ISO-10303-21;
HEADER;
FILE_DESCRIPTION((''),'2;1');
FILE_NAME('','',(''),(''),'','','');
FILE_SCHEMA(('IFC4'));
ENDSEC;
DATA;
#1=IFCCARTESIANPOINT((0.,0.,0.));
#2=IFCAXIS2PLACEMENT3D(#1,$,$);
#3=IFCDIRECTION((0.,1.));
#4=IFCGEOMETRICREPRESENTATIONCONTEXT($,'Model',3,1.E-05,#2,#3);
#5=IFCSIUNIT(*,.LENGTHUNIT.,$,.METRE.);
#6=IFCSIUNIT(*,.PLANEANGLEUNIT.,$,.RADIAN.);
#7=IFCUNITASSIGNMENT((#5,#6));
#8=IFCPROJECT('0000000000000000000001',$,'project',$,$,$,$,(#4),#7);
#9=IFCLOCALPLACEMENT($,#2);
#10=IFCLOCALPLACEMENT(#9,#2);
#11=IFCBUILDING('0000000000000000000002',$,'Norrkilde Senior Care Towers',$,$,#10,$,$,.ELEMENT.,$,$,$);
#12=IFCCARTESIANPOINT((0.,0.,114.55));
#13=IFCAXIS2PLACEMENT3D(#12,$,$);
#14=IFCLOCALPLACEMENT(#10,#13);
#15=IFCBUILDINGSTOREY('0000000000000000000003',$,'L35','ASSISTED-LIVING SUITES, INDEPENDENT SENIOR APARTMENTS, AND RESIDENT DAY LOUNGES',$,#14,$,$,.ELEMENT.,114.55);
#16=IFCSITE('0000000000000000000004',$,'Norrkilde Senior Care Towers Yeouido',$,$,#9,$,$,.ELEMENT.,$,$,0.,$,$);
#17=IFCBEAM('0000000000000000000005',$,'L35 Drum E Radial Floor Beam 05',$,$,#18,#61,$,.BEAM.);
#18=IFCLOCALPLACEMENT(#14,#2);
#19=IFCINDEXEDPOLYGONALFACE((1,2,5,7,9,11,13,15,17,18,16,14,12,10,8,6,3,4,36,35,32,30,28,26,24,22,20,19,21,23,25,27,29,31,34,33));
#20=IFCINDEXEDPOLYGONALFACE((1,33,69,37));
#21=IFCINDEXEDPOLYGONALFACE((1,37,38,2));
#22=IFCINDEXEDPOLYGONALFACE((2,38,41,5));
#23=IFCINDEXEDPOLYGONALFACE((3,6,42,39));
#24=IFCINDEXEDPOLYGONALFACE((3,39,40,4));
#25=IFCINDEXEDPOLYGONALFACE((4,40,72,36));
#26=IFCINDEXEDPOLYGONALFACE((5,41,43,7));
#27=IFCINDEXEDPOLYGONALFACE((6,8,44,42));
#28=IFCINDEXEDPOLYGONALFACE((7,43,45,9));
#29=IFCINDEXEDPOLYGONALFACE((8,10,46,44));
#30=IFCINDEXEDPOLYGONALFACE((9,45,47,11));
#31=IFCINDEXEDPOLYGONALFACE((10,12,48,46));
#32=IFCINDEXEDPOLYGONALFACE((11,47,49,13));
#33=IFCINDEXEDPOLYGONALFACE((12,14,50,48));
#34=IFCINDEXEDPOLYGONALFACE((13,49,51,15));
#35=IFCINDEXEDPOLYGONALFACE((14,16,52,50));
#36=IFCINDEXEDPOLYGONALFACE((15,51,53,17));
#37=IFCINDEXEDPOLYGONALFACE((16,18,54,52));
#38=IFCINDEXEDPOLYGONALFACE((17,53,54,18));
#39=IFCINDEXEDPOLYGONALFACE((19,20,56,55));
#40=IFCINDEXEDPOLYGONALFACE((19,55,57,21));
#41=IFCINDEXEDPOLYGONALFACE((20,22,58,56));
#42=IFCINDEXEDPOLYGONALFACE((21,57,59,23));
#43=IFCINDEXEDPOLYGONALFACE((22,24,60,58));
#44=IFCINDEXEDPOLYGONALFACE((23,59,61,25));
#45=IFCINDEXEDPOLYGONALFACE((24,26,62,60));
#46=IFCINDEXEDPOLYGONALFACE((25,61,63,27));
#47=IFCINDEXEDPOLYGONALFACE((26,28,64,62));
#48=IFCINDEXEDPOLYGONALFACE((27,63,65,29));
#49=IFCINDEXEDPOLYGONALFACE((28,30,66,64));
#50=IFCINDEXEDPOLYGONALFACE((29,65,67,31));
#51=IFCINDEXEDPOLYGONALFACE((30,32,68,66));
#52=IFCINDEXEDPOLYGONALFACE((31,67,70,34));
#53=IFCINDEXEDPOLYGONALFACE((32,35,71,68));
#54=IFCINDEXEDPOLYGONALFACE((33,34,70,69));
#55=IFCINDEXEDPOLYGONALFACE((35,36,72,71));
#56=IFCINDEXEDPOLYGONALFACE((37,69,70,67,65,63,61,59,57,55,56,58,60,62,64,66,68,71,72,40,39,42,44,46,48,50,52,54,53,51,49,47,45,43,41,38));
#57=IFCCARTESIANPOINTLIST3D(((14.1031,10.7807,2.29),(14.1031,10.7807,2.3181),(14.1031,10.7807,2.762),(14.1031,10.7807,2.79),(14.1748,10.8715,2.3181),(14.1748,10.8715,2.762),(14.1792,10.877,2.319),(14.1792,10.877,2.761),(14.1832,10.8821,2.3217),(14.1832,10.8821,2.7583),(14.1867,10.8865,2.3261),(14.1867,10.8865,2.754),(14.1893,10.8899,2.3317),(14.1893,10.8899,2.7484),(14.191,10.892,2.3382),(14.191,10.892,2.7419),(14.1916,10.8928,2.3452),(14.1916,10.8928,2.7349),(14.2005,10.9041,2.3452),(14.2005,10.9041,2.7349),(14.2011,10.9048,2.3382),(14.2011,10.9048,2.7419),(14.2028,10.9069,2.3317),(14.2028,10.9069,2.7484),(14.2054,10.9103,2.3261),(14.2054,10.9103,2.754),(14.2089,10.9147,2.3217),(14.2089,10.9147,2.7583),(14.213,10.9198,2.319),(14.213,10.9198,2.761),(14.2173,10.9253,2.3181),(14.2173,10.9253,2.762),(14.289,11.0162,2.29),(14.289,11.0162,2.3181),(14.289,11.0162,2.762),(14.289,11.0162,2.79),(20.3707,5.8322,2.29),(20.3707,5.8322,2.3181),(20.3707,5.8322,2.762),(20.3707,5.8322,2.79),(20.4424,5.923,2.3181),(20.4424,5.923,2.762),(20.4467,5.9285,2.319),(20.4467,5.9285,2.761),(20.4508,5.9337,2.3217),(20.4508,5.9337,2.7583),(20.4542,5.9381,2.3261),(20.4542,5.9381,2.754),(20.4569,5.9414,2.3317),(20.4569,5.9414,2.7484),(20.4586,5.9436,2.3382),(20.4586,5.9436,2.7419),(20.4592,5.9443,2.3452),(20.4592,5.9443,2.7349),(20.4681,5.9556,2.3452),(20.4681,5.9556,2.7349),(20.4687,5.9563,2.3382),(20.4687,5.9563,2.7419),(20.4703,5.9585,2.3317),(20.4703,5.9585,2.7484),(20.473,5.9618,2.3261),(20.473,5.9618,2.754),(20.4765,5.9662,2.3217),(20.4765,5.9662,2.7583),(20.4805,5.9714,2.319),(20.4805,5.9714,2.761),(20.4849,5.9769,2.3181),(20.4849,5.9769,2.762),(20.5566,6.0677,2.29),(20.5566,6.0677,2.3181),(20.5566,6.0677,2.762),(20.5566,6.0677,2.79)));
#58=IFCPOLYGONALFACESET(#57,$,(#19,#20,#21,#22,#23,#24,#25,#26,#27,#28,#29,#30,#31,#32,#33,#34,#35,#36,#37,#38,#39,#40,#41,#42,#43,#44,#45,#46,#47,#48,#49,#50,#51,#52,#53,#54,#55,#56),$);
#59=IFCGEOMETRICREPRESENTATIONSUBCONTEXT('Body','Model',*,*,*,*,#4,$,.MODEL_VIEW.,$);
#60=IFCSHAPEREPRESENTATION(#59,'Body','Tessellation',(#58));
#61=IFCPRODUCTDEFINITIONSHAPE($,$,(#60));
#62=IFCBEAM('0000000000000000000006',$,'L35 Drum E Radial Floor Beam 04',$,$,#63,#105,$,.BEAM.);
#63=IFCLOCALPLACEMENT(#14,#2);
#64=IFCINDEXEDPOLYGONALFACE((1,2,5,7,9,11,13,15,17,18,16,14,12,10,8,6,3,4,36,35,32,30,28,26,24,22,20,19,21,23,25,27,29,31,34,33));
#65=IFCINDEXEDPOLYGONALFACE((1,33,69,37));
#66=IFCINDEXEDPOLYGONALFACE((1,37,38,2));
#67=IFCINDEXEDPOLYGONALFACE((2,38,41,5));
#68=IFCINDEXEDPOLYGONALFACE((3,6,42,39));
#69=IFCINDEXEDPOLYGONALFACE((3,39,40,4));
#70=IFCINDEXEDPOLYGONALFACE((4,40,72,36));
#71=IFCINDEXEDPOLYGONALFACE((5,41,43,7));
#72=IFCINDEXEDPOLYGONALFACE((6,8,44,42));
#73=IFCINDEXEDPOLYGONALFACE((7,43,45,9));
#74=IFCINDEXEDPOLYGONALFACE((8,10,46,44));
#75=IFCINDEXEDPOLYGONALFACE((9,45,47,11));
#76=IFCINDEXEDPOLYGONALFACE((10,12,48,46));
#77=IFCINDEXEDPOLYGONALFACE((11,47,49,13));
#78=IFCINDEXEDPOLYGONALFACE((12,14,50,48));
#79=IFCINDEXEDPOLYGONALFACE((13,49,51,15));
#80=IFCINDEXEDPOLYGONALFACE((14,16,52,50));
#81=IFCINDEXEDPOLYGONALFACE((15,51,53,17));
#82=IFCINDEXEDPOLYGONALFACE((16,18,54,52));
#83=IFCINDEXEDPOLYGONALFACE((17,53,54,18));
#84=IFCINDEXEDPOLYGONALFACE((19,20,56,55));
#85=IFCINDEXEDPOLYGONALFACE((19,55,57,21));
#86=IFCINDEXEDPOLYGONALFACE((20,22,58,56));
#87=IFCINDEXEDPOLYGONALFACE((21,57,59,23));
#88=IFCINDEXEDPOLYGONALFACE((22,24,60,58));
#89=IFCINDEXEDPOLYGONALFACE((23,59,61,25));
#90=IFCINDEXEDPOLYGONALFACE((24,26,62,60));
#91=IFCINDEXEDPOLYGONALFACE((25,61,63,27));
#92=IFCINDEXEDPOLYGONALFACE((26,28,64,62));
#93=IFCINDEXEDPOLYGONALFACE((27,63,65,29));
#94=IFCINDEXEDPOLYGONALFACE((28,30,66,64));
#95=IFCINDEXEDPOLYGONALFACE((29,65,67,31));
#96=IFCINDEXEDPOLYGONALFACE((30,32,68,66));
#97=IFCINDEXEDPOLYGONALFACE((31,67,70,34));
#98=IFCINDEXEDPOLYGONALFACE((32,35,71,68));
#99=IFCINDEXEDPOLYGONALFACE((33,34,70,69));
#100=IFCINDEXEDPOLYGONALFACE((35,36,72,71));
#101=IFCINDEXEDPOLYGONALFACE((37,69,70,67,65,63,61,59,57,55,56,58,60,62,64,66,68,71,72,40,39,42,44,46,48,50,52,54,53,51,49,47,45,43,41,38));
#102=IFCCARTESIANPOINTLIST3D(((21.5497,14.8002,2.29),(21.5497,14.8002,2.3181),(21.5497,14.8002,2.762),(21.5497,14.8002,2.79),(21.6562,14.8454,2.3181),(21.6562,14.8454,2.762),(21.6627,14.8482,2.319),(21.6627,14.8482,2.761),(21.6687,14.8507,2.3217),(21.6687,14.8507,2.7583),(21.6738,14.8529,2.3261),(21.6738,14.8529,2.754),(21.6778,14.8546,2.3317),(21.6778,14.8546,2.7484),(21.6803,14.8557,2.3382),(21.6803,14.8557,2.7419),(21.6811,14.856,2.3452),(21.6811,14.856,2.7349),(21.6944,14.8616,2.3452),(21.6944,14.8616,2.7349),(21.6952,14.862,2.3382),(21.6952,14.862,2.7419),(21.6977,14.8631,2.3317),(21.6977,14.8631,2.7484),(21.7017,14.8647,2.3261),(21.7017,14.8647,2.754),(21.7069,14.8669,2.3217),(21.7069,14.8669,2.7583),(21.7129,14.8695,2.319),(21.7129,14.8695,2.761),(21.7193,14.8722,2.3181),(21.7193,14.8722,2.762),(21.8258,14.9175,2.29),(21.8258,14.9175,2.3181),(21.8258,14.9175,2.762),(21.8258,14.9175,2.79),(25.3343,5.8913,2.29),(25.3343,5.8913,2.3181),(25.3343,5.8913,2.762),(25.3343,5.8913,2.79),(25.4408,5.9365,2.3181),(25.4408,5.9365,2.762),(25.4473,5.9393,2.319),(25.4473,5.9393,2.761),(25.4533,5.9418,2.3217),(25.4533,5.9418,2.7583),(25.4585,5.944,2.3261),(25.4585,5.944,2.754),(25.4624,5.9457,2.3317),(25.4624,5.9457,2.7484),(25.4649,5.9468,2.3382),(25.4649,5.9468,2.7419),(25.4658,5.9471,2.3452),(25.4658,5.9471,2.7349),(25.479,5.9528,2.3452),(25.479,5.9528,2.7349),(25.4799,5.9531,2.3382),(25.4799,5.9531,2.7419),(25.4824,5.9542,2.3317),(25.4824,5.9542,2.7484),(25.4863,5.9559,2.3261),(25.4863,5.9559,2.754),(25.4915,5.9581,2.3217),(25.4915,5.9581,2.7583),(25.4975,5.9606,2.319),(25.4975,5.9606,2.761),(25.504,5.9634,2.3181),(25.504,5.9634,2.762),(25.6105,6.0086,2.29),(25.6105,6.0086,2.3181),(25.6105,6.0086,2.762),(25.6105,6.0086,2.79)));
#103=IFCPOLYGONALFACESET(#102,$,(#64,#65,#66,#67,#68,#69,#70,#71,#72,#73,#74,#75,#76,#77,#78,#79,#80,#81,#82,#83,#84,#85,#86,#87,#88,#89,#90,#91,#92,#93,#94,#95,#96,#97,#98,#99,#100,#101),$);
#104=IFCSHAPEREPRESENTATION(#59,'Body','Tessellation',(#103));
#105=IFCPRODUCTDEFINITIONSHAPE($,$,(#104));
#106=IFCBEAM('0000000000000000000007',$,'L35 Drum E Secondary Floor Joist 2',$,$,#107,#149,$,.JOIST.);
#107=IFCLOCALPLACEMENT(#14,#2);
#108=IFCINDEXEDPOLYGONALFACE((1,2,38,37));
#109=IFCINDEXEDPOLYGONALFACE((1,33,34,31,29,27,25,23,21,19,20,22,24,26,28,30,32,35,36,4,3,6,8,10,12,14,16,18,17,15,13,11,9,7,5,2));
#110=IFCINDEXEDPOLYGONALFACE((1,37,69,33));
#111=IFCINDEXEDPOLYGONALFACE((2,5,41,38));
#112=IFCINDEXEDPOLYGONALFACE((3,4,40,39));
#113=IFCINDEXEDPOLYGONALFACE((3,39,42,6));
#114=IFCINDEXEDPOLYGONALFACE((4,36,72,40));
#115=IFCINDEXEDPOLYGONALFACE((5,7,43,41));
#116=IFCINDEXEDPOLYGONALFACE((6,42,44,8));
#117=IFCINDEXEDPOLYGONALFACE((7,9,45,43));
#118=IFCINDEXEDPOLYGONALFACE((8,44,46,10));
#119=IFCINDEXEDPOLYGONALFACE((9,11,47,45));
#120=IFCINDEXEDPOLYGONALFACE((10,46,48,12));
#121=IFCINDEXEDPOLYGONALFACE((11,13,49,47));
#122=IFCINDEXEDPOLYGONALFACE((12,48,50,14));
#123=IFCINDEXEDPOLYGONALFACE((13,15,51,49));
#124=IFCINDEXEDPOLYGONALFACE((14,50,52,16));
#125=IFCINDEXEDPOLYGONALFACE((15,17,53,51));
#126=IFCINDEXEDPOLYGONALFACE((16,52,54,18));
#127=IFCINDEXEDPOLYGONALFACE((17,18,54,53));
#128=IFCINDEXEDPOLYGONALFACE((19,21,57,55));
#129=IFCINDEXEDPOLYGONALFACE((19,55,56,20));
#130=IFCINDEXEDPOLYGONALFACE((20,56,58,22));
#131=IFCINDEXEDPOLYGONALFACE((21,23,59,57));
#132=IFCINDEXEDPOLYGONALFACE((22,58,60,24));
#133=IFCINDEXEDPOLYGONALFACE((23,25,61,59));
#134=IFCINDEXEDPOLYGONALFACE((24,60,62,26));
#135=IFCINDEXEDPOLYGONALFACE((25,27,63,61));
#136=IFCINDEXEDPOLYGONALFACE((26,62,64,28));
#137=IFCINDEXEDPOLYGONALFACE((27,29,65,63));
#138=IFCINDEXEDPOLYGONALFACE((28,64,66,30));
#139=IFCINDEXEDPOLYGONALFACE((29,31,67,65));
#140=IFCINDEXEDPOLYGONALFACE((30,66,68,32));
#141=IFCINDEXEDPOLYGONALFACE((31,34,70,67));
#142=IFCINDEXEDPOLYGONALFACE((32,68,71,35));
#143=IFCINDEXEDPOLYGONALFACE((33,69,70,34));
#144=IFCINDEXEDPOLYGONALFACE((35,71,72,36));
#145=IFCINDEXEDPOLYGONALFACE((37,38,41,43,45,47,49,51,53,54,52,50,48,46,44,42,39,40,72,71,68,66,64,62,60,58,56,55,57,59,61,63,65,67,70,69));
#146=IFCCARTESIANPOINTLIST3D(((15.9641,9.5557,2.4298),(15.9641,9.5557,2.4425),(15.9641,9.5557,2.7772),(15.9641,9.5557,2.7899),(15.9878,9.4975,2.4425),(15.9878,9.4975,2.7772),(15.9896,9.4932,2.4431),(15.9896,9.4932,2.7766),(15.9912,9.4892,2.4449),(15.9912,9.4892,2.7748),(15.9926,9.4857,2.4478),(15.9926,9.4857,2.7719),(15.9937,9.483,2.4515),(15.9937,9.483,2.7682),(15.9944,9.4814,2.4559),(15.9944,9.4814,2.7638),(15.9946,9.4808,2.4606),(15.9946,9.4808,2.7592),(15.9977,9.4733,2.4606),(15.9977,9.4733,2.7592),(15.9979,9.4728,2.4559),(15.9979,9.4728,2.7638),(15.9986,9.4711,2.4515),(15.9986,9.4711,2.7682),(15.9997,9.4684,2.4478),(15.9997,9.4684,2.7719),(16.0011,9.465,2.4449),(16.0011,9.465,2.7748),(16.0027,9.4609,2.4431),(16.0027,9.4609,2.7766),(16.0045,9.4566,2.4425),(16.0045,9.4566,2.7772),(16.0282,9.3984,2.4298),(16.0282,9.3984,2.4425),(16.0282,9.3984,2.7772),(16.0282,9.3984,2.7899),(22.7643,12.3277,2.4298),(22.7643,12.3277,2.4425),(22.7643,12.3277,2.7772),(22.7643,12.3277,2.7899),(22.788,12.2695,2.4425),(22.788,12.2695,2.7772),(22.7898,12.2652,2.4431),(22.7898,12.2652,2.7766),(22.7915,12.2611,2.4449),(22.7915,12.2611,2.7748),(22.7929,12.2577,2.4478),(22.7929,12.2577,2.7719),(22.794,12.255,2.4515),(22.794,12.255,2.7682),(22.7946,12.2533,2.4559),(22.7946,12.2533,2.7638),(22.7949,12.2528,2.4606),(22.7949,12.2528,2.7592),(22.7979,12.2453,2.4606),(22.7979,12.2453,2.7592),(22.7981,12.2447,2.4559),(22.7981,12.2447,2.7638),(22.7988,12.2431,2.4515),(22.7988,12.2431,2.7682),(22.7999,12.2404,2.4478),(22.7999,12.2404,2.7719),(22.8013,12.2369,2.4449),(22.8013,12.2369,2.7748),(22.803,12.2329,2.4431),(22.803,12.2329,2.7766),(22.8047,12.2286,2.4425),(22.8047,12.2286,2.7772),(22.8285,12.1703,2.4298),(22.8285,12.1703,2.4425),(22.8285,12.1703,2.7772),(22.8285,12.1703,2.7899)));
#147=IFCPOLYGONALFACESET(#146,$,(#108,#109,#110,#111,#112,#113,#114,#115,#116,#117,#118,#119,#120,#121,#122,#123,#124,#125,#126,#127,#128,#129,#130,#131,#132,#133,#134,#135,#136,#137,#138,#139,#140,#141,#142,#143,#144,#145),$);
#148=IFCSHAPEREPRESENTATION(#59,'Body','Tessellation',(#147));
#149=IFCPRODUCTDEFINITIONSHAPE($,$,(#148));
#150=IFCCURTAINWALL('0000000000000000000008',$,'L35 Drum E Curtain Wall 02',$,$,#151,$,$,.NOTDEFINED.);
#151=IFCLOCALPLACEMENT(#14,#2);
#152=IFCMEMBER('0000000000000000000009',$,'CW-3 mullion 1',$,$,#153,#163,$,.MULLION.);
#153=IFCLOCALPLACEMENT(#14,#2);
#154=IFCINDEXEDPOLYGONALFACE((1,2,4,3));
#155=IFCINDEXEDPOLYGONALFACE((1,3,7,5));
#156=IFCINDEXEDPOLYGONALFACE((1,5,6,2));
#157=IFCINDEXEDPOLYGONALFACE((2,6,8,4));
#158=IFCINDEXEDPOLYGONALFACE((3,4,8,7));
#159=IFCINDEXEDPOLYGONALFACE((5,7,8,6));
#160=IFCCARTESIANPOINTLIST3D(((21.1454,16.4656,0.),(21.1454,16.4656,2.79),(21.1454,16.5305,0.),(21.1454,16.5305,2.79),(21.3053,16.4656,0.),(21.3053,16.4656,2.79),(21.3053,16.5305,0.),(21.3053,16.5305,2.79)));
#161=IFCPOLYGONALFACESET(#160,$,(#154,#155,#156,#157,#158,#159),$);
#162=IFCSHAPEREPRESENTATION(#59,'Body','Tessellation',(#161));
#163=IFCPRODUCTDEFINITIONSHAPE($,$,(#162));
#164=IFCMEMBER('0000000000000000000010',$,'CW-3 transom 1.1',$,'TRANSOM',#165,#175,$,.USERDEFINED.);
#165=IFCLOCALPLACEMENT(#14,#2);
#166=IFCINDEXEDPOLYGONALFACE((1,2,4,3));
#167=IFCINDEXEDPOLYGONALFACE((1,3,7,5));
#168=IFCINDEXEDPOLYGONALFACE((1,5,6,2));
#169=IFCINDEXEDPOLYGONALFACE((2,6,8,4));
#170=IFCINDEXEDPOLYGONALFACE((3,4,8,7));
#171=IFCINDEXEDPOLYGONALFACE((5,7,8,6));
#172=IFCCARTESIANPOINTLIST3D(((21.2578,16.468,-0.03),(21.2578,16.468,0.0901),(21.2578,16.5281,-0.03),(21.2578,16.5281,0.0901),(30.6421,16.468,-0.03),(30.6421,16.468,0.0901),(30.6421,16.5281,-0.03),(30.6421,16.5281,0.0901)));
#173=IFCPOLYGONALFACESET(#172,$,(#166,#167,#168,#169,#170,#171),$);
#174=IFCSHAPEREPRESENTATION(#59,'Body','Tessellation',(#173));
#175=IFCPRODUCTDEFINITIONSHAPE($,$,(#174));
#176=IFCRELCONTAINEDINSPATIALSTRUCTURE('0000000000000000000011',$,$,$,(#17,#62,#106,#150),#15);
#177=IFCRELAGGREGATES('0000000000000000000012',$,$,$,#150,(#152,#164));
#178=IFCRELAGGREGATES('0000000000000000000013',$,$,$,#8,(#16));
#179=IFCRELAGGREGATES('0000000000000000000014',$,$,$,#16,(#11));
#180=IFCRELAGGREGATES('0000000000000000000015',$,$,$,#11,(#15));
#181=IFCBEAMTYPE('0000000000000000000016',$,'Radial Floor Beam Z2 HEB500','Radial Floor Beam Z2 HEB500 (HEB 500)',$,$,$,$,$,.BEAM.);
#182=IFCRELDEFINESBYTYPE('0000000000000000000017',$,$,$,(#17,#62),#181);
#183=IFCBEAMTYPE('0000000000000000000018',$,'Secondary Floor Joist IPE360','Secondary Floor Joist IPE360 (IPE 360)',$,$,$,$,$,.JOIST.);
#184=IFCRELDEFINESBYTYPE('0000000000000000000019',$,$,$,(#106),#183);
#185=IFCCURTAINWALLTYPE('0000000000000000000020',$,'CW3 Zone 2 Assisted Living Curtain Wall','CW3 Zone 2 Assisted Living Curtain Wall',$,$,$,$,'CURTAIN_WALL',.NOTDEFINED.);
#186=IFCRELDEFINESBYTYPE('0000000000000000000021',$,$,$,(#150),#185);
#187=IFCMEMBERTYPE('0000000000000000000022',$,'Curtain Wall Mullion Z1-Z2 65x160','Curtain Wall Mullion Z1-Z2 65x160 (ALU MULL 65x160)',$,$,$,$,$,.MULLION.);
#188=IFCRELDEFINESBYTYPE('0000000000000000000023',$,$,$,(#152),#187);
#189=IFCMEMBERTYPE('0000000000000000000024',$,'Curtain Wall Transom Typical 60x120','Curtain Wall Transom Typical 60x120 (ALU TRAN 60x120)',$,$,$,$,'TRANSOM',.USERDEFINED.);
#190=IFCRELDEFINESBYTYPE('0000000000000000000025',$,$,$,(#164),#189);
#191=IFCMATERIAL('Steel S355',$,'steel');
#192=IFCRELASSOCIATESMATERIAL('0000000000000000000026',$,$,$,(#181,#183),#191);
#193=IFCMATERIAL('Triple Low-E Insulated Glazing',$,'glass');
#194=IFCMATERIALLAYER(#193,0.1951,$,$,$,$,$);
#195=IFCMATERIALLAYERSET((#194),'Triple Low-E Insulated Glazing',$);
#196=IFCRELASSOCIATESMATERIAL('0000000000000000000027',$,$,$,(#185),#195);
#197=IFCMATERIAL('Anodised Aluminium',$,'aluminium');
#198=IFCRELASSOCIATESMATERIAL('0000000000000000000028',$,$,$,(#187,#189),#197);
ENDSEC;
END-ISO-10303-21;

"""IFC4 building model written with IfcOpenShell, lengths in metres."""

from ifc_helpers import new_model, si_unit, direction, frame, origin, origin_2d, place, context, subcontext, project, spatial, rectangle, i_section, extrude, source, transform, mapped, material, layer, layer_set, material_profile, profile_set, type_object, type_shapes, element, aggregate, save


model = new_model("IFC4")

# Units and contexts
model_context = context("Model", 3, precision=1e-05, world=origin(), true_north=direction((0.0, 1.0)))
body_context = subcontext(model_context, "Body", "Model", "MODEL_VIEW")
ifc_project = project(units=[si_unit("LENGTHUNIT", "METRE"), si_unit("PLANEANGLEUNIT", "RADIAN")], contexts=[model_context])

# Site, building, storey
site_placement = place(None, origin())
site = spatial("IfcSite", under=ifc_project, at=site_placement, Name="Norrkilde Senior Care Towers Yeouido", CompositionType="ELEMENT", RefElevation=0.0)
building_placement = place(site_placement, origin())
building = spatial("IfcBuilding", under=site, at=building_placement, Name="Norrkilde Senior Care Towers", CompositionType="ELEMENT")
storey_placement = place(building_placement, frame((0.0, 0.0, 114.55)))
storey = spatial("IfcBuildingStorey", under=building, at=storey_placement, Name="L35", Description="ASSISTED-LIVING SUITES, INDEPENDENT SENIOR APARTMENTS, AND RESIDENT DAY LOUNGES", CompositionType="ELEMENT", Elevation=114.55)

# Beams
ifc_material_1 = material(Name="Steel S355", Category="steel")
ifc_material_profile_1 = material_profile(ifc_material_1, i_section(OverallWidth=0.3, OverallDepth=0.5, WebThickness=0.0144, FlangeThickness=0.0281, FilletRadius=0.0271, at=origin_2d()), Name="HEB 500")
ifc_profile_set_1 = profile_set([ifc_material_profile_1], Name="Steel S355")
beam_type_1 = type_object("IfcBeamType", Name="Radial Floor Beam Z2 HEB500", Description="Radial Floor Beam Z2 HEB500 (HEB 500)", PredefinedType="BEAM", material=ifc_profile_set_1)
shared_shape_1 = source(origin(), body_context, "Body", "SweptSolid", [
    extrude(i_section(OverallWidth=0.3, OverallDepth=0.5, WebThickness=0.0144, FlangeThickness=0.0281, FilletRadius=0.0271, at=origin_2d()), origin(), (0.0, 0.0, 1.0), 7.9856),
])
beam_1_placement = place(storey_placement, frame((20.4636, 5.95, 2.54), z_axis=(-0.784859, 0.619675, 0.0), x_axis=(-0.619675, -0.784859, 0.0)))
element("IfcBeam", 1, at=beam_1_placement, inside=storey, type_object=beam_type_1, Name="L35 Drum E Radial Floor Beam 05", PredefinedType="BEAM", context=body_context, shape_type="MappedRepresentation", body=[
    mapped(shared_shape_1, transform((0.0, 0.0, 0.0), x_axis=(1.0, 0.0, 0.0), y_axis=(0.0, 1.0, 0.0), z_axis=(0.0, 0.0, 1.0), scale=1.0)),
])
shared_shape_2 = source(origin(), body_context, "Body", "SweptSolid", [
    extrude(i_section(OverallWidth=0.3, OverallDepth=0.5, WebThickness=0.0144, FlangeThickness=0.0281, FilletRadius=0.0271, at=origin_2d()), origin(), (0.0, 0.0, 1.0), 9.6794),
])
beam_2_placement = place(storey_placement, frame((25.4724, 5.95, 2.54), z_axis=(-0.390998, 0.920392, 0.0), x_axis=(-0.920392, -0.390998, 0.0)))
element("IfcBeam", 2, at=beam_2_placement, inside=storey, type_object=beam_type_1, Name="L35 Drum E Radial Floor Beam 04", PredefinedType="BEAM", context=body_context, shape_type="MappedRepresentation", body=[
    mapped(shared_shape_2, transform((0.0, 0.0, 0.0), x_axis=(1.0, 0.0, 0.0), y_axis=(0.0, 1.0, 0.0), z_axis=(0.0, 0.0, 1.0), scale=1.0)),
])
ifc_material_profile_2 = material_profile(ifc_material_1, i_section(OverallWidth=0.1699, OverallDepth=0.3601, WebThickness=0.0081, FlangeThickness=0.0127, FilletRadius=0.0181, at=origin_2d()), Name="IPE 360")
ifc_profile_set_2 = profile_set([ifc_material_profile_2], Name="Steel S355")
beam_type_2 = type_object("IfcBeamType", Name="Secondary Floor Joist IPE360", Description="Secondary Floor Joist IPE360 (IPE 360)", PredefinedType="JOIST", material=ifc_profile_set_2)
shared_shape_3 = source(origin(), body_context, "Body", "SweptSolid", [
    extrude(i_section(OverallWidth=0.1699, OverallDepth=0.3601, WebThickness=0.0081, FlangeThickness=0.0127, FilletRadius=0.0181, at=origin_2d()), origin(), (0.0, 0.0, 1.0), 7.3435),
])
type_shapes(beam_type_2, [shared_shape_3])
beam_3_placement = place(storey_placement, frame((22.7964, 12.249, 2.6099), z_axis=(-0.926022, -0.37747, 0.0), x_axis=(0.37747, -0.926022, 0.0)))
element("IfcBeam", 3, at=beam_3_placement, inside=storey, type_object=beam_type_2, Name="L35 Drum E Secondary Floor Joist 2", PredefinedType="JOIST", context=body_context, shape_type="MappedRepresentation", body=[
    mapped(shared_shape_3, transform((0.0, 0.0, 0.0), x_axis=(1.0, 0.0, 0.0), y_axis=(0.0, 1.0, 0.0), z_axis=(0.0, 0.0, 1.0), scale=1.0)),
])

# Curtain wall, members
ifc_material_2 = material(Name="Triple Low-E Insulated Glazing", Category="glass")
ifc_layer_1 = layer(ifc_material_2, 0.1951)
ifc_layer_set_1 = layer_set([ifc_layer_1], Name="Triple Low-E Insulated Glazing")
curtain_wall_type = type_object("IfcCurtainWallType", Name="CW3 Zone 2 Assisted Living Curtain Wall", Description="CW3 Zone 2 Assisted Living Curtain Wall", ElementType="CURTAIN_WALL", PredefinedType="NOTDEFINED", material=ifc_layer_set_1)
curtain_wall_placement = place(storey_placement, origin())
curtain_wall = element("IfcCurtainWall", 4, at=curtain_wall_placement, inside=storey, type_object=curtain_wall_type, Name="L35 Drum E Curtain Wall 02", PredefinedType="NOTDEFINED")
ifc_material_3 = material(Name="Anodised Aluminium", Category="aluminium")
ifc_material_profile_3 = material_profile(ifc_material_3, rectangle(XDim=0.0649, YDim=0.1599, at=origin_2d()), Name="ALU MULL 65x160")
ifc_profile_set_3 = profile_set([ifc_material_profile_3], Name="Anodised Aluminium")
member_type_1 = type_object("IfcMemberType", Name="Curtain Wall Mullion Z1-Z2 65x160", Description="Curtain Wall Mullion Z1-Z2 65x160 (ALU MULL 65x160)", PredefinedType="MULLION", material=ifc_profile_set_3)
shared_shape_4 = source(origin(), body_context, "Body", "SweptSolid", [
    extrude(rectangle(XDim=0.0649, YDim=0.1599, at=origin_2d()), origin(), (0.0, 0.0, 1.0), 2.79),
])
type_shapes(member_type_1, [shared_shape_4])
member_1_placement = place(storey_placement, frame((21.2253, 16.498, 0.0), z_axis=(0.0, 0.0, 1.0), x_axis=(0.0, 1.0, 0.0)))
member_1 = element("IfcMember", 5, at=member_1_placement, type_object=member_type_1, Name="CW-3 mullion 1", PredefinedType="MULLION", context=body_context, shape_type="MappedRepresentation", body=[
    mapped(shared_shape_4, transform((0.0, 0.0, 0.0), x_axis=(1.0, 0.0, 0.0), y_axis=(0.0, 1.0, 0.0), z_axis=(0.0, 0.0, 1.0), scale=1.0)),
])
ifc_material_profile_4 = material_profile(ifc_material_3, rectangle(XDim=0.0601, YDim=0.1201, at=origin_2d()), Name="ALU TRAN 60x120")
ifc_profile_set_4 = profile_set([ifc_material_profile_4], Name="Anodised Aluminium")
member_type_2 = type_object("IfcMemberType", Name="Curtain Wall Transom Typical 60x120", Description="Curtain Wall Transom Typical 60x120 (ALU TRAN 60x120)", ElementType="TRANSOM", PredefinedType="USERDEFINED", material=ifc_profile_set_4)
shared_shape_5 = source(origin(), body_context, "Body", "SweptSolid", [
    extrude(rectangle(XDim=0.0601, YDim=0.1201, at=origin_2d()), origin(), (0.0, 0.0, 1.0), 9.3843),
])
type_shapes(member_type_2, [shared_shape_5])
member_2_placement = place(storey_placement, frame((21.2578, 16.498, 0.03), z_axis=(1.0, 0.0, 0.0), x_axis=(0.0, 1.0, 0.0)))
member_2 = element("IfcMember", 6, at=member_2_placement, type_object=member_type_2, Name="CW-3 transom 1.1", ObjectType="TRANSOM", PredefinedType="USERDEFINED", context=body_context, shape_type="MappedRepresentation", body=[
    mapped(shared_shape_5, transform((0.0, 0.0, 0.0), x_axis=(1.0, 0.0, 0.0), y_axis=(0.0, 1.0, 0.0), z_axis=(0.0, 0.0, 1.0), scale=1.0)),
])
aggregate(curtain_wall, [member_1, member_2])

save(model, "model.ifc")
